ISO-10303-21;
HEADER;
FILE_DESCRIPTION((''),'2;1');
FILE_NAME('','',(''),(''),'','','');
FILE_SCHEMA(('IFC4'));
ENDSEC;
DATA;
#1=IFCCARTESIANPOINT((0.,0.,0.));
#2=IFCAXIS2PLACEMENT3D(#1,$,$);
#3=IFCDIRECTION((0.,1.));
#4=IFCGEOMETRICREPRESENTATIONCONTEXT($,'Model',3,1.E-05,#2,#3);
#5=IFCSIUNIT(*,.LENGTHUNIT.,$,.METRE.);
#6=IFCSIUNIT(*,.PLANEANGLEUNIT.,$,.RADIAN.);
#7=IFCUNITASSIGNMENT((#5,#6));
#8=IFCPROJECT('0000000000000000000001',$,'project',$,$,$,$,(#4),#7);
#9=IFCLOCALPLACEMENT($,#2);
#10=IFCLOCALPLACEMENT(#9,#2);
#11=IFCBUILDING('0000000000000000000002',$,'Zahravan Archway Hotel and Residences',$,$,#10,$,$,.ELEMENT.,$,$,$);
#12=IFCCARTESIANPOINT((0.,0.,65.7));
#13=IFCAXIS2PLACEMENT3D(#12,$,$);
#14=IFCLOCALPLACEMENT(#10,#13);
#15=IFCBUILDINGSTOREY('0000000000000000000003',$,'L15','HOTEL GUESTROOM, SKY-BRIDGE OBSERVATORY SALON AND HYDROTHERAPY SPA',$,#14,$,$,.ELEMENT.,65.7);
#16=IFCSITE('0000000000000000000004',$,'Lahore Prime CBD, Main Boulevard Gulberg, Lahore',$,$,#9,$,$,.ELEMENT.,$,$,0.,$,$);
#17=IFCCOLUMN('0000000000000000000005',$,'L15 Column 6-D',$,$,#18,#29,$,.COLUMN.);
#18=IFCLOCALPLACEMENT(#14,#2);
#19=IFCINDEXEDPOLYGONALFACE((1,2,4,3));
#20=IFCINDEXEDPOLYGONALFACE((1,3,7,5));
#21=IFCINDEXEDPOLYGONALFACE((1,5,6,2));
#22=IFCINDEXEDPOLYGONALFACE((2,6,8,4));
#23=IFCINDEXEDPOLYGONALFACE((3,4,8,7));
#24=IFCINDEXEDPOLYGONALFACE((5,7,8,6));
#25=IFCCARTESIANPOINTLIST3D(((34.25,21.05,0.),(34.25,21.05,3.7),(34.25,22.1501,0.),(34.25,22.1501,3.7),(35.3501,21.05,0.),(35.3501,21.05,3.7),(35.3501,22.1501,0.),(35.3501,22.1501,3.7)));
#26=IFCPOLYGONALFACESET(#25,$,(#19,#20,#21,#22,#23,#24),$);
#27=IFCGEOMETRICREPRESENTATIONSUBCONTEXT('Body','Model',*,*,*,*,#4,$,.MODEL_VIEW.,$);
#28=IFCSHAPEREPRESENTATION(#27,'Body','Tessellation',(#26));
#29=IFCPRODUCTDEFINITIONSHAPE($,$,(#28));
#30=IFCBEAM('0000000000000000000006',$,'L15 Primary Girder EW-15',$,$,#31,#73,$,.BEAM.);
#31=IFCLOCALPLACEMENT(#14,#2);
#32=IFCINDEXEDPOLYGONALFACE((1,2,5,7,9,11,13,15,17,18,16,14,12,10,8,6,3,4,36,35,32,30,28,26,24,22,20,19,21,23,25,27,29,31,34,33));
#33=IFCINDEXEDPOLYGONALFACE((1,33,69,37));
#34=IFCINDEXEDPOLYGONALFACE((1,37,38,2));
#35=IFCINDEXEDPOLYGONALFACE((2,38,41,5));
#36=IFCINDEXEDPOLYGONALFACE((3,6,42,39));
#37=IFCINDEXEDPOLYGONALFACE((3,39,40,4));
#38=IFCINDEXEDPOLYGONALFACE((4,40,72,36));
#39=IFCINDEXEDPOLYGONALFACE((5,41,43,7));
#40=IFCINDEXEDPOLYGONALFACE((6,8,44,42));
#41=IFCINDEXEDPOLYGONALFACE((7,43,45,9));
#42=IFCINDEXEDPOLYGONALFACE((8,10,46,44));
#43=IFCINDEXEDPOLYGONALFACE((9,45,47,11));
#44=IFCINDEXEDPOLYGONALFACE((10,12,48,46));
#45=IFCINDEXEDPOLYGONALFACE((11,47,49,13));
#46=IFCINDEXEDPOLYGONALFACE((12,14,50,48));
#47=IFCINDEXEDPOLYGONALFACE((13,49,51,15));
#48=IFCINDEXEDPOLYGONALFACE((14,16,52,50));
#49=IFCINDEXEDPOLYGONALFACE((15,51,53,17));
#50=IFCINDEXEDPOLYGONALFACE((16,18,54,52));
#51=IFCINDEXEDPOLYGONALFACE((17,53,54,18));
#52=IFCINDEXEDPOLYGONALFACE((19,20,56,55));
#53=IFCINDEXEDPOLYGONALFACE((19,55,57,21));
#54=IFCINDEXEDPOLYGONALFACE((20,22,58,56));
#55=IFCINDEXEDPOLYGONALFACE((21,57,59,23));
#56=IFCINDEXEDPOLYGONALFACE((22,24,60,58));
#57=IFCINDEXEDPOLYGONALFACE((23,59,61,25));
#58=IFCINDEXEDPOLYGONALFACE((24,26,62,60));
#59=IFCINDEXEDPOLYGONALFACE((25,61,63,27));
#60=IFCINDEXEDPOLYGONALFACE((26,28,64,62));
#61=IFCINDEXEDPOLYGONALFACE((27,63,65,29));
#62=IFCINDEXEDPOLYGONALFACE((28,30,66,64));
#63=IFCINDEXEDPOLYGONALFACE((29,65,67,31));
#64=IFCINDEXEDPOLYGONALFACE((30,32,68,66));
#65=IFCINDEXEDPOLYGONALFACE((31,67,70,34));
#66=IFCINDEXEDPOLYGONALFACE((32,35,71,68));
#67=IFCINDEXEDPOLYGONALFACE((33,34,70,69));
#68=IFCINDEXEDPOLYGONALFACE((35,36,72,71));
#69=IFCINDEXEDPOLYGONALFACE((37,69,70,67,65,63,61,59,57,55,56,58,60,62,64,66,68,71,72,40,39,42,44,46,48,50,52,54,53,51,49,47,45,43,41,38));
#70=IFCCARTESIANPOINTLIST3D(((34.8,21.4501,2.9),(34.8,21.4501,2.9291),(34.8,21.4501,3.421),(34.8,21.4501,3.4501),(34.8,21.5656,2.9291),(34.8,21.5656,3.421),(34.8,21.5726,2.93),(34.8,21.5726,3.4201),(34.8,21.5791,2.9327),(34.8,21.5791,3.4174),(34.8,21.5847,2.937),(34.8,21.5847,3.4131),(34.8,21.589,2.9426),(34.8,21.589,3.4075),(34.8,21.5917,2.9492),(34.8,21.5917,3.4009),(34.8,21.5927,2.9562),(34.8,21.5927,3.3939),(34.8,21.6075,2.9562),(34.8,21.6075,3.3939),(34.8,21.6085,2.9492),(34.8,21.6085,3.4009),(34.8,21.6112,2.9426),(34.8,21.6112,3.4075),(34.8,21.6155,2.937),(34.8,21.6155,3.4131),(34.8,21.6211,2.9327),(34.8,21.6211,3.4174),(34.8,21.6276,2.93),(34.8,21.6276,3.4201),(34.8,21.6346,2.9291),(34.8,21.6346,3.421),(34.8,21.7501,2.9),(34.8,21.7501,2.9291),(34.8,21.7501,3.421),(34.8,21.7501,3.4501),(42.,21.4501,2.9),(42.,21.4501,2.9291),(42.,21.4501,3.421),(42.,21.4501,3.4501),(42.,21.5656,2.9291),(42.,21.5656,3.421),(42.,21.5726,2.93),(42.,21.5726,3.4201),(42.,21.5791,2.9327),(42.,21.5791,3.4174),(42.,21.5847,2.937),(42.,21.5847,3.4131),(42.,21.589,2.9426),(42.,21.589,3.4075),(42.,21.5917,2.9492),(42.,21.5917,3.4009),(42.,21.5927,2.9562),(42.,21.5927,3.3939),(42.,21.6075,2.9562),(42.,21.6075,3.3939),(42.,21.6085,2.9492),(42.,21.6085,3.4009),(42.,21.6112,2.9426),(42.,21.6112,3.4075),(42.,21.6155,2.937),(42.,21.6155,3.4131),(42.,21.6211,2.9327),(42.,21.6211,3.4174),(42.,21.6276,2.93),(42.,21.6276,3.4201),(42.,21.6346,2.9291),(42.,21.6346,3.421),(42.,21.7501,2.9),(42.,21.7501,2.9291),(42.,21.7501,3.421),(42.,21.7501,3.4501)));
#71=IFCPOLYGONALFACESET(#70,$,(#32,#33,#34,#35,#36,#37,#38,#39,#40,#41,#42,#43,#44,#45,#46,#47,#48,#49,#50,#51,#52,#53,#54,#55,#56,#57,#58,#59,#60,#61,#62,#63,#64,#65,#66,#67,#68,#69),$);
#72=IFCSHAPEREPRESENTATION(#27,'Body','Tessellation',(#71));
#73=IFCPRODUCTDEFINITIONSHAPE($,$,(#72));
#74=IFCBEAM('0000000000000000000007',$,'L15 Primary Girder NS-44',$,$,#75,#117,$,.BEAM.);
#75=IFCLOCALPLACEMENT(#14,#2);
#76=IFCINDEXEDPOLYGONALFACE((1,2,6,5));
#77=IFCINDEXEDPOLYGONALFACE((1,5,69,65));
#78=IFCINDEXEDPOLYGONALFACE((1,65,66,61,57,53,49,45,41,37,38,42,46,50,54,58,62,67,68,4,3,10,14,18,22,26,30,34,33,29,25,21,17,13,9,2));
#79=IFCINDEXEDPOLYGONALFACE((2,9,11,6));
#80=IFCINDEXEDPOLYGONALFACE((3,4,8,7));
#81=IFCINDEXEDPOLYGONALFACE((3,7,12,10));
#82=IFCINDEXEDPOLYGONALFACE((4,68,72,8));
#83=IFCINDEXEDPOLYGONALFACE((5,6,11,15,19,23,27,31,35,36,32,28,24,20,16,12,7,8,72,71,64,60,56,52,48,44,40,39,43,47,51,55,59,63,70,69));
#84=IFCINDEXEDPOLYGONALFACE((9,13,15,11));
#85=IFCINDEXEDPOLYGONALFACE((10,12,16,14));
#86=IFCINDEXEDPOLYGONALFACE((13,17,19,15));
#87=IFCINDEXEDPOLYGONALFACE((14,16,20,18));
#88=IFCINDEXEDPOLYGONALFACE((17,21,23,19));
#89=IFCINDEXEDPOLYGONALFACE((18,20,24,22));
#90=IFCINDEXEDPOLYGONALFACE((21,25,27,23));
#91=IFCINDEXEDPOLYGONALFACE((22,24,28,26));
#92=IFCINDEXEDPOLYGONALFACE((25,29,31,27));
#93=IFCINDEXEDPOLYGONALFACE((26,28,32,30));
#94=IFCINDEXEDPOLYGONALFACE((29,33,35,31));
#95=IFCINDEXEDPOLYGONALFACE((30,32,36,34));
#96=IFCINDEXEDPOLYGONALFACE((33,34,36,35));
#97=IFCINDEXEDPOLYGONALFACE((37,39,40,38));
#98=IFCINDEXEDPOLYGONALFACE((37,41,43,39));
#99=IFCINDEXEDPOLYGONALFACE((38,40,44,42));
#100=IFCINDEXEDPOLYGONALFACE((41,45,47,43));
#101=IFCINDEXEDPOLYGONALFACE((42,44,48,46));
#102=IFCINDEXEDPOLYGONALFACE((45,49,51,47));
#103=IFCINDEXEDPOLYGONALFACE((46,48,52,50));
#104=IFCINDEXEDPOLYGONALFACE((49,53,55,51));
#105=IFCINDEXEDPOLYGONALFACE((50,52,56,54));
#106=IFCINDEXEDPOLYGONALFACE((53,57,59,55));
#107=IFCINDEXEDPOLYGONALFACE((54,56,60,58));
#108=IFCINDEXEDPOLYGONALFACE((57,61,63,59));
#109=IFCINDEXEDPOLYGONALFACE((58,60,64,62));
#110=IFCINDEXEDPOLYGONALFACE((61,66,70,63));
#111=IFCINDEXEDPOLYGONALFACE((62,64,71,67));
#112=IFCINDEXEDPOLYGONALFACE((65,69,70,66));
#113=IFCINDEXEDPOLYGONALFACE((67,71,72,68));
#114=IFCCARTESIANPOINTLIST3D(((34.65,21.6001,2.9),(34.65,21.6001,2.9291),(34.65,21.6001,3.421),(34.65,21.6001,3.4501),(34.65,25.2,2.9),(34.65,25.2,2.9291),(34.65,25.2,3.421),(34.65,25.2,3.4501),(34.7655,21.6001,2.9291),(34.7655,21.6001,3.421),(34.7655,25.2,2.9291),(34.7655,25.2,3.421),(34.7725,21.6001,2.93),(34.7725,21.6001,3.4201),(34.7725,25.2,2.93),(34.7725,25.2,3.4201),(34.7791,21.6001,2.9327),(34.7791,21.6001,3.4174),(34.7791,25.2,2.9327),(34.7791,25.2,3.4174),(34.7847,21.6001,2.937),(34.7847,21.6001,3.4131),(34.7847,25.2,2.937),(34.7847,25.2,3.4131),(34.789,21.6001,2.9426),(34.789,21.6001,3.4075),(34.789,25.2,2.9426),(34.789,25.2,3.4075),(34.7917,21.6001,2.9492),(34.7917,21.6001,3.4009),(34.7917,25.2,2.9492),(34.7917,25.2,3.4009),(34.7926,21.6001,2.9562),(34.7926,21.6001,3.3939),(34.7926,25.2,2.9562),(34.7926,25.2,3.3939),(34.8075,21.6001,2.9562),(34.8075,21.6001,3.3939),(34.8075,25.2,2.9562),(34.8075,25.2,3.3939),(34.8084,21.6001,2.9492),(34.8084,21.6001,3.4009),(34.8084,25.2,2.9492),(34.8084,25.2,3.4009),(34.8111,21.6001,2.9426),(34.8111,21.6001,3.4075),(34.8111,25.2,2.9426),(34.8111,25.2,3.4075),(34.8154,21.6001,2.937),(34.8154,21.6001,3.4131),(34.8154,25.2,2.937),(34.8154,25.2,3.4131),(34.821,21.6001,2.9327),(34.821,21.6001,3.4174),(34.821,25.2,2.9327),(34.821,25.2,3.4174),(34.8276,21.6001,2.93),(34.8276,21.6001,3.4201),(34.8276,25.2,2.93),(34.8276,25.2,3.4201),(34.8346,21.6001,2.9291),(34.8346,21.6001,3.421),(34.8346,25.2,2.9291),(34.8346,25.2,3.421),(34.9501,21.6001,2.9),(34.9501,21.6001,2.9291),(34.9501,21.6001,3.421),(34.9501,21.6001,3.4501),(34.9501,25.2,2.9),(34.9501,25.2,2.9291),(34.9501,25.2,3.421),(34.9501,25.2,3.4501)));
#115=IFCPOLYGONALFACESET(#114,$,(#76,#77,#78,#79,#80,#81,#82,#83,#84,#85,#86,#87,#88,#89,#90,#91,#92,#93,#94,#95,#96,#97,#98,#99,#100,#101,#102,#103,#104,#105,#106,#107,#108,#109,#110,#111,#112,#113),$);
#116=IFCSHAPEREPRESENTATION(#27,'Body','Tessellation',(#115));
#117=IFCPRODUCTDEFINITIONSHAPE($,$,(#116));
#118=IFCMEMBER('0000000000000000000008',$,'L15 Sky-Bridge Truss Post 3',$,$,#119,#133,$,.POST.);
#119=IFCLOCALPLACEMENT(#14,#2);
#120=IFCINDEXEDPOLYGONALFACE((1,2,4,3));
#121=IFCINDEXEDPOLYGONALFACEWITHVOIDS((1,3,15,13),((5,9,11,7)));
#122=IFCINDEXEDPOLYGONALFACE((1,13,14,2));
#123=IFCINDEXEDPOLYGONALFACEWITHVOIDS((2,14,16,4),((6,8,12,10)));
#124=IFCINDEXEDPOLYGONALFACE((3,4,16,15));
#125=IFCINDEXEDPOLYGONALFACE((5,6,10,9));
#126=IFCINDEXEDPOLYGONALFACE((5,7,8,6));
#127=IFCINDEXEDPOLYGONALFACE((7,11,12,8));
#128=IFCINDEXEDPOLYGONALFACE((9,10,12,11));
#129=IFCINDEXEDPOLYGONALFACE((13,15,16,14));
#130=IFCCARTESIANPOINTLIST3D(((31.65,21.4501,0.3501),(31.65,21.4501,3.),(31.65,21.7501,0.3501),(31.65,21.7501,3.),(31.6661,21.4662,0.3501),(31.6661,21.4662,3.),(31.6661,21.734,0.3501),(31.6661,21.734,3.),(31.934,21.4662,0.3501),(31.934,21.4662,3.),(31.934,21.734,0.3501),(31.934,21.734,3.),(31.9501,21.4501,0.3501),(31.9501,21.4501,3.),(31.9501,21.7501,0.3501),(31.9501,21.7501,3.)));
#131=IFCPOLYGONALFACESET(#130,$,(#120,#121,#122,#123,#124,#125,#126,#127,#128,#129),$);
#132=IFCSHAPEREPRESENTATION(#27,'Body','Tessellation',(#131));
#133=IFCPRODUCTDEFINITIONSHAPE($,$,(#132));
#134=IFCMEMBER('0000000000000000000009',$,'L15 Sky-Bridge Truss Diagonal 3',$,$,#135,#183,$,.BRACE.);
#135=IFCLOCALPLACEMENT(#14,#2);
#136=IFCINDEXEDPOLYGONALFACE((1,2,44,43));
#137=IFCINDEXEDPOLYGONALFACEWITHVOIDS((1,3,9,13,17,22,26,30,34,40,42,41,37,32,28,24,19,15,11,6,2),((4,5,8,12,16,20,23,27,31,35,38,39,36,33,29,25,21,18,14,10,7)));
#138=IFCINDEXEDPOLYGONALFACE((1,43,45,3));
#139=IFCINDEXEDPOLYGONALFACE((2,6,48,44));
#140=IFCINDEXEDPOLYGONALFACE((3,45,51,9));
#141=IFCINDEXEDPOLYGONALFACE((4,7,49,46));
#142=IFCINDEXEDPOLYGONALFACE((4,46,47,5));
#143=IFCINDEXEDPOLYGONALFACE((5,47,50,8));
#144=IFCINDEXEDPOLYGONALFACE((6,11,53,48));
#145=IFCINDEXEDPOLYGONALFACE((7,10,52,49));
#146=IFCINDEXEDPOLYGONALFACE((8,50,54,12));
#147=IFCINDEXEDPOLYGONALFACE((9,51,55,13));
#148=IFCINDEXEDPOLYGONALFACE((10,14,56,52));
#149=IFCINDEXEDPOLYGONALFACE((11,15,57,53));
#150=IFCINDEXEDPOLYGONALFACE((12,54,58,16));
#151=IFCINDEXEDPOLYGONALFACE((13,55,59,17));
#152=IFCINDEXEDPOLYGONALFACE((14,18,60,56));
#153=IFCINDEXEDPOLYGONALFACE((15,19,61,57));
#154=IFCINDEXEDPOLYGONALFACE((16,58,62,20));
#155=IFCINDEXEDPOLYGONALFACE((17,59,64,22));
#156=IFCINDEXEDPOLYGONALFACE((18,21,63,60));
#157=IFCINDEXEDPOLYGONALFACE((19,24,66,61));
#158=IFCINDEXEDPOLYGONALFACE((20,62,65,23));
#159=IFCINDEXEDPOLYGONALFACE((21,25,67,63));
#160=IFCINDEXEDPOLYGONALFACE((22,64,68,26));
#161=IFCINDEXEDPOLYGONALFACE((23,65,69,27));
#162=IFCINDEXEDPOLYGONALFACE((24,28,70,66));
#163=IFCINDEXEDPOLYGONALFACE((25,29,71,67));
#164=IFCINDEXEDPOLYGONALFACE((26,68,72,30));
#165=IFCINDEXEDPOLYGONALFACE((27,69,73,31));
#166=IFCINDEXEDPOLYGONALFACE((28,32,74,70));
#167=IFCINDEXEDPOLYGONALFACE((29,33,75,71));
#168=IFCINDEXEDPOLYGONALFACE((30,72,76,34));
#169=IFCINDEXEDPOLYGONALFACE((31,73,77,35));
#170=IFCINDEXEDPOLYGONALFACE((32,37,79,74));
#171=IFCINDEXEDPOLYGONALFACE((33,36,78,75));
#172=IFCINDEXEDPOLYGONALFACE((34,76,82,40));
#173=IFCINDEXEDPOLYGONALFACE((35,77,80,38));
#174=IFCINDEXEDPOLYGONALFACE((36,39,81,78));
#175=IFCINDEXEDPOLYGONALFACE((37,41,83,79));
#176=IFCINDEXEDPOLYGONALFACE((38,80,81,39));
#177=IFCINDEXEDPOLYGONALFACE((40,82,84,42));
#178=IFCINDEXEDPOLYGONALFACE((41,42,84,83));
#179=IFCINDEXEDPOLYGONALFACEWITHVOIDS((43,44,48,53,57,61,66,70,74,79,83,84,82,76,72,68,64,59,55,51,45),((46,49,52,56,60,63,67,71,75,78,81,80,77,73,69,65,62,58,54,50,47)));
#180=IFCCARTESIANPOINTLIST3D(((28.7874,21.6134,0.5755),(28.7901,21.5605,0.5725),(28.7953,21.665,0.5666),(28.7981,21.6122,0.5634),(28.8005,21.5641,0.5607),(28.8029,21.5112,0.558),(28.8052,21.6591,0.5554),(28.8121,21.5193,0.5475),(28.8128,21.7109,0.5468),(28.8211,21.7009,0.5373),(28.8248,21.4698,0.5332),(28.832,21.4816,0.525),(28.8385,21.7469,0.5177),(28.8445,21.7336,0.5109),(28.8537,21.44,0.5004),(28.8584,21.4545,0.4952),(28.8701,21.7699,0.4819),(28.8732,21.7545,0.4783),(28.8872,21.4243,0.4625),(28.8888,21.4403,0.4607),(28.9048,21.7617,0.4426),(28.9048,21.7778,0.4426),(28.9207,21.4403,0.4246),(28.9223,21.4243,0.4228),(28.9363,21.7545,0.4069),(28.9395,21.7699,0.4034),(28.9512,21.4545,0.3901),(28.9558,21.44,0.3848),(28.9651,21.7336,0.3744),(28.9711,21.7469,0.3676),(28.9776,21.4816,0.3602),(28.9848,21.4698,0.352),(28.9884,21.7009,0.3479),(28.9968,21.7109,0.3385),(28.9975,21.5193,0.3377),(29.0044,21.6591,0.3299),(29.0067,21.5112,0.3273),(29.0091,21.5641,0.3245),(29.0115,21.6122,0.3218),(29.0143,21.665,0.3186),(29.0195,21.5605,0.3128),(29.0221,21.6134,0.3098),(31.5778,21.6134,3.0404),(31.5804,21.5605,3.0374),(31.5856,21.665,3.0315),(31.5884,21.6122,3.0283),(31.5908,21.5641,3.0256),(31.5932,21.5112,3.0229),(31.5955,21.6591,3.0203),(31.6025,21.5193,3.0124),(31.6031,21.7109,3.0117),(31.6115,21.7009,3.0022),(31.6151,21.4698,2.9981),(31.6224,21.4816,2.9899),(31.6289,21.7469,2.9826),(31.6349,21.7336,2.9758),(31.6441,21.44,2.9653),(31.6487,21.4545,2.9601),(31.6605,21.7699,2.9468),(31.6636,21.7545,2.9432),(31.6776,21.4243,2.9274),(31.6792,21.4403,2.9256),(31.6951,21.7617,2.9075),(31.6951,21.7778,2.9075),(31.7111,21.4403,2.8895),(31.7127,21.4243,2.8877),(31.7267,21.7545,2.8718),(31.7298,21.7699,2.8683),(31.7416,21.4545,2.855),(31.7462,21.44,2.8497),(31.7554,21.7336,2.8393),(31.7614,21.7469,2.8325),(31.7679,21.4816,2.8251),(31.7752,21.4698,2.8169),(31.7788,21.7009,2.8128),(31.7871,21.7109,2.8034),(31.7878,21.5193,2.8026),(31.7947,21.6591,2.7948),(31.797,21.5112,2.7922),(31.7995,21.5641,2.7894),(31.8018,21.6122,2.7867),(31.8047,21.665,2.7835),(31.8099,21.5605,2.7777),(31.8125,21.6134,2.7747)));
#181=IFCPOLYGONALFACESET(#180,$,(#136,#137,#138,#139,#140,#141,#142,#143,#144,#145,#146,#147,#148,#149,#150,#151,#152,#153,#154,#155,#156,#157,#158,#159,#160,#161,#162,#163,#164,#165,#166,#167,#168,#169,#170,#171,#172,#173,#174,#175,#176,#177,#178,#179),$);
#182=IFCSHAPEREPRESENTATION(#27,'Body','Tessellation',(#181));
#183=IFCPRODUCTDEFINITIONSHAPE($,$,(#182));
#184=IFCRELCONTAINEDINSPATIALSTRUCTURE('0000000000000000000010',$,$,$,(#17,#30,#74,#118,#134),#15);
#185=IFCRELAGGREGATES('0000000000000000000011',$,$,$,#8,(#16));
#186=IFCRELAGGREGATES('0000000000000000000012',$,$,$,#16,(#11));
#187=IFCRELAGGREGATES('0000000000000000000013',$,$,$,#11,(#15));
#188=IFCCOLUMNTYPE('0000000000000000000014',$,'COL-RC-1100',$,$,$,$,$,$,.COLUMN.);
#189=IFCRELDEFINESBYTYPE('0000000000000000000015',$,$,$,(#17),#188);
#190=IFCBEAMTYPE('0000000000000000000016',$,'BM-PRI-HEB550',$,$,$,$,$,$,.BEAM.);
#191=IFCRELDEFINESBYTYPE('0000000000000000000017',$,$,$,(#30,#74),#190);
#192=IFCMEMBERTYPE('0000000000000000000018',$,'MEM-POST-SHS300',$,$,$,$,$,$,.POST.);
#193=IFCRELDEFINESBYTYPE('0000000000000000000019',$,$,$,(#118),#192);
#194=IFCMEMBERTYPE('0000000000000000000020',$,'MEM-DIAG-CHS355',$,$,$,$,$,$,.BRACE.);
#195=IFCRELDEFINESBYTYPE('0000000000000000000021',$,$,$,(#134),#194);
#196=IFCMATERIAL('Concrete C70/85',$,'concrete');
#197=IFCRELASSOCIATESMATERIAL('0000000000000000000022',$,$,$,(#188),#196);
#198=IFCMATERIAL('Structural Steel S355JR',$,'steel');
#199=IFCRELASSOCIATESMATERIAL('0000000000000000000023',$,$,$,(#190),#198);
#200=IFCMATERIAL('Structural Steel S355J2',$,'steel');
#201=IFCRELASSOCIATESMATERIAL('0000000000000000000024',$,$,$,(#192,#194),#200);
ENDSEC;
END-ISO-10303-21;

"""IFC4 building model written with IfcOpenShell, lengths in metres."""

from ifc_helpers import new_model, si_unit, direction, frame, origin, origin_2d, place, context, subcontext, project, spatial, rectangle, hollow_rectangle, hollow_circle, i_section, extrude, source, transform, mapped, material, material_profile, profile_set, type_object, type_shapes, element, save


model = new_model("IFC4")

# Units and contexts
model_context = context("Model", 3, precision=1e-05, world=origin(), true_north=direction((0.0, 1.0)))
body_context = subcontext(model_context, "Body", "Model", "MODEL_VIEW")
ifc_project = project(units=[si_unit("LENGTHUNIT", "METRE"), si_unit("PLANEANGLEUNIT", "RADIAN")], contexts=[model_context])

# Site, building, storey
site_placement = place(None, origin())
site = spatial("IfcSite", under=ifc_project, at=site_placement, Name="Lahore Prime CBD, Main Boulevard Gulberg, Lahore", CompositionType="ELEMENT", RefElevation=0.0)
building_placement = place(site_placement, origin())
building = spatial("IfcBuilding", under=site, at=building_placement, Name="Zahravan Archway Hotel and Residences", CompositionType="ELEMENT")
storey_placement = place(building_placement, frame((0.0, 0.0, 65.7)))
storey = spatial("IfcBuildingStorey", under=building, at=storey_placement, Name="L15", Description="HOTEL GUESTROOM, SKY-BRIDGE OBSERVATORY SALON AND HYDROTHERAPY SPA", CompositionType="ELEMENT", Elevation=65.7)

# Column
ifc_material_1 = material(Name="Concrete C70/85", Category="concrete")
ifc_material_profile_1 = material_profile(ifc_material_1, rectangle(XDim=1.1001, YDim=1.1001, at=origin_2d()), Name="RC 1100x1100", Category="concrete")
ifc_profile_set_1 = profile_set([ifc_material_profile_1], Name="Concrete C70/85")
column_type = type_object("IfcColumnType", Name="COL-RC-1100", PredefinedType="COLUMN", material=ifc_profile_set_1)
shared_shape_1 = source(origin(), body_context, "Body", "SweptSolid", [
    extrude(rectangle(XDim=1.1001, YDim=1.1001, at=origin_2d()), origin(), (0.0, 0.0, 1.0), 3.7),
])
column_placement = place(storey_placement, frame((34.8, 21.6001, 0.0), z_axis=(0.0, 0.0, 1.0), x_axis=(1.0, 0.0, 0.0)))
element("IfcColumn", 1, at=column_placement, inside=storey, type_object=column_type, Name="L15 Column 6-D", PredefinedType="COLUMN", context=body_context, shape_type="MappedRepresentation", body=[
    mapped(shared_shape_1, transform((0.0, 0.0, 0.0), scale=1.0)),
])

# Beams
ifc_material_2 = material(Name="Structural Steel S355JR", Category="steel")
ifc_material_profile_2 = material_profile(ifc_material_2, i_section(OverallWidth=0.3, OverallDepth=0.55, WebThickness=0.0149, FlangeThickness=0.0291, FilletRadius=0.0271, at=origin_2d()), Name="HEB 550", Category="steel")
ifc_profile_set_2 = profile_set([ifc_material_profile_2], Name="Structural Steel S355JR")
beam_type = type_object("IfcBeamType", Name="BM-PRI-HEB550", PredefinedType="BEAM", material=ifc_profile_set_2)
shared_shape_2 = source(origin(), body_context, "Body", "SweptSolid", [
    extrude(i_section(OverallWidth=0.3, OverallDepth=0.55, WebThickness=0.0149, FlangeThickness=0.0291, FilletRadius=0.0271, at=origin_2d()), origin(), (0.0, 0.0, 1.0), 7.2),
])
beam_1_placement = place(storey_placement, frame((34.8, 21.6001, 3.175), z_axis=(1.0, 0.0, 0.0), x_axis=(0.0, 1.0, 0.0)))
element("IfcBeam", 2, at=beam_1_placement, inside=storey, type_object=beam_type, Name="L15 Primary Girder EW-15", PredefinedType="BEAM", context=body_context, shape_type="MappedRepresentation", body=[
    mapped(shared_shape_2, transform((0.0, 0.0, 0.0), scale=1.0)),
])
shared_shape_3 = source(origin(), body_context, "Body", "SweptSolid", [
    extrude(i_section(OverallWidth=0.3, OverallDepth=0.55, WebThickness=0.0149, FlangeThickness=0.0291, FilletRadius=0.0271, at=origin_2d()), origin(), (0.0, 0.0, 1.0), 3.5999),
])
beam_2_placement = place(storey_placement, frame((34.8, 21.6001, 3.175), z_axis=(0.0, 1.0, 0.0), x_axis=(-1.0, 0.0, 0.0)))
element("IfcBeam", 3, at=beam_2_placement, inside=storey, type_object=beam_type, Name="L15 Primary Girder NS-44", PredefinedType="BEAM", context=body_context, shape_type="MappedRepresentation", body=[
    mapped(shared_shape_3, transform((0.0, 0.0, 0.0), scale=1.0)),
])

# Members
ifc_material_3 = material(Name="Structural Steel S355J2", Category="steel")
ifc_material_profile_3 = material_profile(ifc_material_3, hollow_rectangle(XDim=0.3, YDim=0.3, WallThickness=0.0161, at=origin_2d()), Name="SHS 300x300x16", Category="steel")
ifc_profile_set_3 = profile_set([ifc_material_profile_3], Name="Structural Steel S355J2")
member_type_1 = type_object("IfcMemberType", Name="MEM-POST-SHS300", PredefinedType="POST", material=ifc_profile_set_3)
shared_shape_4 = source(origin(), body_context, "Body", "SweptSolid", [
    extrude(hollow_rectangle(XDim=0.3, YDim=0.3, WallThickness=0.0161, at=origin_2d()), origin(), (0.0, 0.0, 1.0), 2.6499),
])
type_shapes(member_type_1, [shared_shape_4])
member_1_placement = place(storey_placement, frame((31.8, 21.6001, 0.3501), z_axis=(0.0, 0.0, 1.0), x_axis=(1.0, 0.0, 0.0)))
element("IfcMember", 4, at=member_1_placement, inside=storey, type_object=member_type_1, Name="L15 Sky-Bridge Truss Post 3", PredefinedType="POST", context=body_context, shape_type="MappedRepresentation", body=[
    mapped(shared_shape_4, transform((0.0, 0.0, 0.0), scale=1.0)),
])
ifc_material_profile_4 = material_profile(ifc_material_3, hollow_circle(Radius=0.1777, WallThickness=0.0161, at=origin_2d()), Name="CHS 355.6x16", Category="steel")
ifc_profile_set_4 = profile_set([ifc_material_profile_4], Name="Structural Steel S355J2")
member_type_2 = type_object("IfcMemberType", Name="MEM-DIAG-CHS355", PredefinedType="BRACE", material=ifc_profile_set_4)
shared_shape_5 = source(origin(), body_context, "Body", "SweptSolid", [
    extrude(hollow_circle(Radius=0.1777, WallThickness=0.0161, at=origin_2d()), origin(), (0.0, 0.0, 1.0), 3.7231),
])
member_2_placement = place(storey_placement, frame((28.9048, 21.6001, 0.4426), z_axis=(0.749461, 0.0, 0.662049), x_axis=(0.0, 1.0, 0.0)))
element("IfcMember", 5, at=member_2_placement, inside=storey, type_object=member_type_2, Name="L15 Sky-Bridge Truss Diagonal 3", PredefinedType="BRACE", context=body_context, shape_type="MappedRepresentation", body=[
    mapped(shared_shape_5, transform((0.0, 0.0, 0.0), scale=1.0)),
])

save(model, "model.ifc")
